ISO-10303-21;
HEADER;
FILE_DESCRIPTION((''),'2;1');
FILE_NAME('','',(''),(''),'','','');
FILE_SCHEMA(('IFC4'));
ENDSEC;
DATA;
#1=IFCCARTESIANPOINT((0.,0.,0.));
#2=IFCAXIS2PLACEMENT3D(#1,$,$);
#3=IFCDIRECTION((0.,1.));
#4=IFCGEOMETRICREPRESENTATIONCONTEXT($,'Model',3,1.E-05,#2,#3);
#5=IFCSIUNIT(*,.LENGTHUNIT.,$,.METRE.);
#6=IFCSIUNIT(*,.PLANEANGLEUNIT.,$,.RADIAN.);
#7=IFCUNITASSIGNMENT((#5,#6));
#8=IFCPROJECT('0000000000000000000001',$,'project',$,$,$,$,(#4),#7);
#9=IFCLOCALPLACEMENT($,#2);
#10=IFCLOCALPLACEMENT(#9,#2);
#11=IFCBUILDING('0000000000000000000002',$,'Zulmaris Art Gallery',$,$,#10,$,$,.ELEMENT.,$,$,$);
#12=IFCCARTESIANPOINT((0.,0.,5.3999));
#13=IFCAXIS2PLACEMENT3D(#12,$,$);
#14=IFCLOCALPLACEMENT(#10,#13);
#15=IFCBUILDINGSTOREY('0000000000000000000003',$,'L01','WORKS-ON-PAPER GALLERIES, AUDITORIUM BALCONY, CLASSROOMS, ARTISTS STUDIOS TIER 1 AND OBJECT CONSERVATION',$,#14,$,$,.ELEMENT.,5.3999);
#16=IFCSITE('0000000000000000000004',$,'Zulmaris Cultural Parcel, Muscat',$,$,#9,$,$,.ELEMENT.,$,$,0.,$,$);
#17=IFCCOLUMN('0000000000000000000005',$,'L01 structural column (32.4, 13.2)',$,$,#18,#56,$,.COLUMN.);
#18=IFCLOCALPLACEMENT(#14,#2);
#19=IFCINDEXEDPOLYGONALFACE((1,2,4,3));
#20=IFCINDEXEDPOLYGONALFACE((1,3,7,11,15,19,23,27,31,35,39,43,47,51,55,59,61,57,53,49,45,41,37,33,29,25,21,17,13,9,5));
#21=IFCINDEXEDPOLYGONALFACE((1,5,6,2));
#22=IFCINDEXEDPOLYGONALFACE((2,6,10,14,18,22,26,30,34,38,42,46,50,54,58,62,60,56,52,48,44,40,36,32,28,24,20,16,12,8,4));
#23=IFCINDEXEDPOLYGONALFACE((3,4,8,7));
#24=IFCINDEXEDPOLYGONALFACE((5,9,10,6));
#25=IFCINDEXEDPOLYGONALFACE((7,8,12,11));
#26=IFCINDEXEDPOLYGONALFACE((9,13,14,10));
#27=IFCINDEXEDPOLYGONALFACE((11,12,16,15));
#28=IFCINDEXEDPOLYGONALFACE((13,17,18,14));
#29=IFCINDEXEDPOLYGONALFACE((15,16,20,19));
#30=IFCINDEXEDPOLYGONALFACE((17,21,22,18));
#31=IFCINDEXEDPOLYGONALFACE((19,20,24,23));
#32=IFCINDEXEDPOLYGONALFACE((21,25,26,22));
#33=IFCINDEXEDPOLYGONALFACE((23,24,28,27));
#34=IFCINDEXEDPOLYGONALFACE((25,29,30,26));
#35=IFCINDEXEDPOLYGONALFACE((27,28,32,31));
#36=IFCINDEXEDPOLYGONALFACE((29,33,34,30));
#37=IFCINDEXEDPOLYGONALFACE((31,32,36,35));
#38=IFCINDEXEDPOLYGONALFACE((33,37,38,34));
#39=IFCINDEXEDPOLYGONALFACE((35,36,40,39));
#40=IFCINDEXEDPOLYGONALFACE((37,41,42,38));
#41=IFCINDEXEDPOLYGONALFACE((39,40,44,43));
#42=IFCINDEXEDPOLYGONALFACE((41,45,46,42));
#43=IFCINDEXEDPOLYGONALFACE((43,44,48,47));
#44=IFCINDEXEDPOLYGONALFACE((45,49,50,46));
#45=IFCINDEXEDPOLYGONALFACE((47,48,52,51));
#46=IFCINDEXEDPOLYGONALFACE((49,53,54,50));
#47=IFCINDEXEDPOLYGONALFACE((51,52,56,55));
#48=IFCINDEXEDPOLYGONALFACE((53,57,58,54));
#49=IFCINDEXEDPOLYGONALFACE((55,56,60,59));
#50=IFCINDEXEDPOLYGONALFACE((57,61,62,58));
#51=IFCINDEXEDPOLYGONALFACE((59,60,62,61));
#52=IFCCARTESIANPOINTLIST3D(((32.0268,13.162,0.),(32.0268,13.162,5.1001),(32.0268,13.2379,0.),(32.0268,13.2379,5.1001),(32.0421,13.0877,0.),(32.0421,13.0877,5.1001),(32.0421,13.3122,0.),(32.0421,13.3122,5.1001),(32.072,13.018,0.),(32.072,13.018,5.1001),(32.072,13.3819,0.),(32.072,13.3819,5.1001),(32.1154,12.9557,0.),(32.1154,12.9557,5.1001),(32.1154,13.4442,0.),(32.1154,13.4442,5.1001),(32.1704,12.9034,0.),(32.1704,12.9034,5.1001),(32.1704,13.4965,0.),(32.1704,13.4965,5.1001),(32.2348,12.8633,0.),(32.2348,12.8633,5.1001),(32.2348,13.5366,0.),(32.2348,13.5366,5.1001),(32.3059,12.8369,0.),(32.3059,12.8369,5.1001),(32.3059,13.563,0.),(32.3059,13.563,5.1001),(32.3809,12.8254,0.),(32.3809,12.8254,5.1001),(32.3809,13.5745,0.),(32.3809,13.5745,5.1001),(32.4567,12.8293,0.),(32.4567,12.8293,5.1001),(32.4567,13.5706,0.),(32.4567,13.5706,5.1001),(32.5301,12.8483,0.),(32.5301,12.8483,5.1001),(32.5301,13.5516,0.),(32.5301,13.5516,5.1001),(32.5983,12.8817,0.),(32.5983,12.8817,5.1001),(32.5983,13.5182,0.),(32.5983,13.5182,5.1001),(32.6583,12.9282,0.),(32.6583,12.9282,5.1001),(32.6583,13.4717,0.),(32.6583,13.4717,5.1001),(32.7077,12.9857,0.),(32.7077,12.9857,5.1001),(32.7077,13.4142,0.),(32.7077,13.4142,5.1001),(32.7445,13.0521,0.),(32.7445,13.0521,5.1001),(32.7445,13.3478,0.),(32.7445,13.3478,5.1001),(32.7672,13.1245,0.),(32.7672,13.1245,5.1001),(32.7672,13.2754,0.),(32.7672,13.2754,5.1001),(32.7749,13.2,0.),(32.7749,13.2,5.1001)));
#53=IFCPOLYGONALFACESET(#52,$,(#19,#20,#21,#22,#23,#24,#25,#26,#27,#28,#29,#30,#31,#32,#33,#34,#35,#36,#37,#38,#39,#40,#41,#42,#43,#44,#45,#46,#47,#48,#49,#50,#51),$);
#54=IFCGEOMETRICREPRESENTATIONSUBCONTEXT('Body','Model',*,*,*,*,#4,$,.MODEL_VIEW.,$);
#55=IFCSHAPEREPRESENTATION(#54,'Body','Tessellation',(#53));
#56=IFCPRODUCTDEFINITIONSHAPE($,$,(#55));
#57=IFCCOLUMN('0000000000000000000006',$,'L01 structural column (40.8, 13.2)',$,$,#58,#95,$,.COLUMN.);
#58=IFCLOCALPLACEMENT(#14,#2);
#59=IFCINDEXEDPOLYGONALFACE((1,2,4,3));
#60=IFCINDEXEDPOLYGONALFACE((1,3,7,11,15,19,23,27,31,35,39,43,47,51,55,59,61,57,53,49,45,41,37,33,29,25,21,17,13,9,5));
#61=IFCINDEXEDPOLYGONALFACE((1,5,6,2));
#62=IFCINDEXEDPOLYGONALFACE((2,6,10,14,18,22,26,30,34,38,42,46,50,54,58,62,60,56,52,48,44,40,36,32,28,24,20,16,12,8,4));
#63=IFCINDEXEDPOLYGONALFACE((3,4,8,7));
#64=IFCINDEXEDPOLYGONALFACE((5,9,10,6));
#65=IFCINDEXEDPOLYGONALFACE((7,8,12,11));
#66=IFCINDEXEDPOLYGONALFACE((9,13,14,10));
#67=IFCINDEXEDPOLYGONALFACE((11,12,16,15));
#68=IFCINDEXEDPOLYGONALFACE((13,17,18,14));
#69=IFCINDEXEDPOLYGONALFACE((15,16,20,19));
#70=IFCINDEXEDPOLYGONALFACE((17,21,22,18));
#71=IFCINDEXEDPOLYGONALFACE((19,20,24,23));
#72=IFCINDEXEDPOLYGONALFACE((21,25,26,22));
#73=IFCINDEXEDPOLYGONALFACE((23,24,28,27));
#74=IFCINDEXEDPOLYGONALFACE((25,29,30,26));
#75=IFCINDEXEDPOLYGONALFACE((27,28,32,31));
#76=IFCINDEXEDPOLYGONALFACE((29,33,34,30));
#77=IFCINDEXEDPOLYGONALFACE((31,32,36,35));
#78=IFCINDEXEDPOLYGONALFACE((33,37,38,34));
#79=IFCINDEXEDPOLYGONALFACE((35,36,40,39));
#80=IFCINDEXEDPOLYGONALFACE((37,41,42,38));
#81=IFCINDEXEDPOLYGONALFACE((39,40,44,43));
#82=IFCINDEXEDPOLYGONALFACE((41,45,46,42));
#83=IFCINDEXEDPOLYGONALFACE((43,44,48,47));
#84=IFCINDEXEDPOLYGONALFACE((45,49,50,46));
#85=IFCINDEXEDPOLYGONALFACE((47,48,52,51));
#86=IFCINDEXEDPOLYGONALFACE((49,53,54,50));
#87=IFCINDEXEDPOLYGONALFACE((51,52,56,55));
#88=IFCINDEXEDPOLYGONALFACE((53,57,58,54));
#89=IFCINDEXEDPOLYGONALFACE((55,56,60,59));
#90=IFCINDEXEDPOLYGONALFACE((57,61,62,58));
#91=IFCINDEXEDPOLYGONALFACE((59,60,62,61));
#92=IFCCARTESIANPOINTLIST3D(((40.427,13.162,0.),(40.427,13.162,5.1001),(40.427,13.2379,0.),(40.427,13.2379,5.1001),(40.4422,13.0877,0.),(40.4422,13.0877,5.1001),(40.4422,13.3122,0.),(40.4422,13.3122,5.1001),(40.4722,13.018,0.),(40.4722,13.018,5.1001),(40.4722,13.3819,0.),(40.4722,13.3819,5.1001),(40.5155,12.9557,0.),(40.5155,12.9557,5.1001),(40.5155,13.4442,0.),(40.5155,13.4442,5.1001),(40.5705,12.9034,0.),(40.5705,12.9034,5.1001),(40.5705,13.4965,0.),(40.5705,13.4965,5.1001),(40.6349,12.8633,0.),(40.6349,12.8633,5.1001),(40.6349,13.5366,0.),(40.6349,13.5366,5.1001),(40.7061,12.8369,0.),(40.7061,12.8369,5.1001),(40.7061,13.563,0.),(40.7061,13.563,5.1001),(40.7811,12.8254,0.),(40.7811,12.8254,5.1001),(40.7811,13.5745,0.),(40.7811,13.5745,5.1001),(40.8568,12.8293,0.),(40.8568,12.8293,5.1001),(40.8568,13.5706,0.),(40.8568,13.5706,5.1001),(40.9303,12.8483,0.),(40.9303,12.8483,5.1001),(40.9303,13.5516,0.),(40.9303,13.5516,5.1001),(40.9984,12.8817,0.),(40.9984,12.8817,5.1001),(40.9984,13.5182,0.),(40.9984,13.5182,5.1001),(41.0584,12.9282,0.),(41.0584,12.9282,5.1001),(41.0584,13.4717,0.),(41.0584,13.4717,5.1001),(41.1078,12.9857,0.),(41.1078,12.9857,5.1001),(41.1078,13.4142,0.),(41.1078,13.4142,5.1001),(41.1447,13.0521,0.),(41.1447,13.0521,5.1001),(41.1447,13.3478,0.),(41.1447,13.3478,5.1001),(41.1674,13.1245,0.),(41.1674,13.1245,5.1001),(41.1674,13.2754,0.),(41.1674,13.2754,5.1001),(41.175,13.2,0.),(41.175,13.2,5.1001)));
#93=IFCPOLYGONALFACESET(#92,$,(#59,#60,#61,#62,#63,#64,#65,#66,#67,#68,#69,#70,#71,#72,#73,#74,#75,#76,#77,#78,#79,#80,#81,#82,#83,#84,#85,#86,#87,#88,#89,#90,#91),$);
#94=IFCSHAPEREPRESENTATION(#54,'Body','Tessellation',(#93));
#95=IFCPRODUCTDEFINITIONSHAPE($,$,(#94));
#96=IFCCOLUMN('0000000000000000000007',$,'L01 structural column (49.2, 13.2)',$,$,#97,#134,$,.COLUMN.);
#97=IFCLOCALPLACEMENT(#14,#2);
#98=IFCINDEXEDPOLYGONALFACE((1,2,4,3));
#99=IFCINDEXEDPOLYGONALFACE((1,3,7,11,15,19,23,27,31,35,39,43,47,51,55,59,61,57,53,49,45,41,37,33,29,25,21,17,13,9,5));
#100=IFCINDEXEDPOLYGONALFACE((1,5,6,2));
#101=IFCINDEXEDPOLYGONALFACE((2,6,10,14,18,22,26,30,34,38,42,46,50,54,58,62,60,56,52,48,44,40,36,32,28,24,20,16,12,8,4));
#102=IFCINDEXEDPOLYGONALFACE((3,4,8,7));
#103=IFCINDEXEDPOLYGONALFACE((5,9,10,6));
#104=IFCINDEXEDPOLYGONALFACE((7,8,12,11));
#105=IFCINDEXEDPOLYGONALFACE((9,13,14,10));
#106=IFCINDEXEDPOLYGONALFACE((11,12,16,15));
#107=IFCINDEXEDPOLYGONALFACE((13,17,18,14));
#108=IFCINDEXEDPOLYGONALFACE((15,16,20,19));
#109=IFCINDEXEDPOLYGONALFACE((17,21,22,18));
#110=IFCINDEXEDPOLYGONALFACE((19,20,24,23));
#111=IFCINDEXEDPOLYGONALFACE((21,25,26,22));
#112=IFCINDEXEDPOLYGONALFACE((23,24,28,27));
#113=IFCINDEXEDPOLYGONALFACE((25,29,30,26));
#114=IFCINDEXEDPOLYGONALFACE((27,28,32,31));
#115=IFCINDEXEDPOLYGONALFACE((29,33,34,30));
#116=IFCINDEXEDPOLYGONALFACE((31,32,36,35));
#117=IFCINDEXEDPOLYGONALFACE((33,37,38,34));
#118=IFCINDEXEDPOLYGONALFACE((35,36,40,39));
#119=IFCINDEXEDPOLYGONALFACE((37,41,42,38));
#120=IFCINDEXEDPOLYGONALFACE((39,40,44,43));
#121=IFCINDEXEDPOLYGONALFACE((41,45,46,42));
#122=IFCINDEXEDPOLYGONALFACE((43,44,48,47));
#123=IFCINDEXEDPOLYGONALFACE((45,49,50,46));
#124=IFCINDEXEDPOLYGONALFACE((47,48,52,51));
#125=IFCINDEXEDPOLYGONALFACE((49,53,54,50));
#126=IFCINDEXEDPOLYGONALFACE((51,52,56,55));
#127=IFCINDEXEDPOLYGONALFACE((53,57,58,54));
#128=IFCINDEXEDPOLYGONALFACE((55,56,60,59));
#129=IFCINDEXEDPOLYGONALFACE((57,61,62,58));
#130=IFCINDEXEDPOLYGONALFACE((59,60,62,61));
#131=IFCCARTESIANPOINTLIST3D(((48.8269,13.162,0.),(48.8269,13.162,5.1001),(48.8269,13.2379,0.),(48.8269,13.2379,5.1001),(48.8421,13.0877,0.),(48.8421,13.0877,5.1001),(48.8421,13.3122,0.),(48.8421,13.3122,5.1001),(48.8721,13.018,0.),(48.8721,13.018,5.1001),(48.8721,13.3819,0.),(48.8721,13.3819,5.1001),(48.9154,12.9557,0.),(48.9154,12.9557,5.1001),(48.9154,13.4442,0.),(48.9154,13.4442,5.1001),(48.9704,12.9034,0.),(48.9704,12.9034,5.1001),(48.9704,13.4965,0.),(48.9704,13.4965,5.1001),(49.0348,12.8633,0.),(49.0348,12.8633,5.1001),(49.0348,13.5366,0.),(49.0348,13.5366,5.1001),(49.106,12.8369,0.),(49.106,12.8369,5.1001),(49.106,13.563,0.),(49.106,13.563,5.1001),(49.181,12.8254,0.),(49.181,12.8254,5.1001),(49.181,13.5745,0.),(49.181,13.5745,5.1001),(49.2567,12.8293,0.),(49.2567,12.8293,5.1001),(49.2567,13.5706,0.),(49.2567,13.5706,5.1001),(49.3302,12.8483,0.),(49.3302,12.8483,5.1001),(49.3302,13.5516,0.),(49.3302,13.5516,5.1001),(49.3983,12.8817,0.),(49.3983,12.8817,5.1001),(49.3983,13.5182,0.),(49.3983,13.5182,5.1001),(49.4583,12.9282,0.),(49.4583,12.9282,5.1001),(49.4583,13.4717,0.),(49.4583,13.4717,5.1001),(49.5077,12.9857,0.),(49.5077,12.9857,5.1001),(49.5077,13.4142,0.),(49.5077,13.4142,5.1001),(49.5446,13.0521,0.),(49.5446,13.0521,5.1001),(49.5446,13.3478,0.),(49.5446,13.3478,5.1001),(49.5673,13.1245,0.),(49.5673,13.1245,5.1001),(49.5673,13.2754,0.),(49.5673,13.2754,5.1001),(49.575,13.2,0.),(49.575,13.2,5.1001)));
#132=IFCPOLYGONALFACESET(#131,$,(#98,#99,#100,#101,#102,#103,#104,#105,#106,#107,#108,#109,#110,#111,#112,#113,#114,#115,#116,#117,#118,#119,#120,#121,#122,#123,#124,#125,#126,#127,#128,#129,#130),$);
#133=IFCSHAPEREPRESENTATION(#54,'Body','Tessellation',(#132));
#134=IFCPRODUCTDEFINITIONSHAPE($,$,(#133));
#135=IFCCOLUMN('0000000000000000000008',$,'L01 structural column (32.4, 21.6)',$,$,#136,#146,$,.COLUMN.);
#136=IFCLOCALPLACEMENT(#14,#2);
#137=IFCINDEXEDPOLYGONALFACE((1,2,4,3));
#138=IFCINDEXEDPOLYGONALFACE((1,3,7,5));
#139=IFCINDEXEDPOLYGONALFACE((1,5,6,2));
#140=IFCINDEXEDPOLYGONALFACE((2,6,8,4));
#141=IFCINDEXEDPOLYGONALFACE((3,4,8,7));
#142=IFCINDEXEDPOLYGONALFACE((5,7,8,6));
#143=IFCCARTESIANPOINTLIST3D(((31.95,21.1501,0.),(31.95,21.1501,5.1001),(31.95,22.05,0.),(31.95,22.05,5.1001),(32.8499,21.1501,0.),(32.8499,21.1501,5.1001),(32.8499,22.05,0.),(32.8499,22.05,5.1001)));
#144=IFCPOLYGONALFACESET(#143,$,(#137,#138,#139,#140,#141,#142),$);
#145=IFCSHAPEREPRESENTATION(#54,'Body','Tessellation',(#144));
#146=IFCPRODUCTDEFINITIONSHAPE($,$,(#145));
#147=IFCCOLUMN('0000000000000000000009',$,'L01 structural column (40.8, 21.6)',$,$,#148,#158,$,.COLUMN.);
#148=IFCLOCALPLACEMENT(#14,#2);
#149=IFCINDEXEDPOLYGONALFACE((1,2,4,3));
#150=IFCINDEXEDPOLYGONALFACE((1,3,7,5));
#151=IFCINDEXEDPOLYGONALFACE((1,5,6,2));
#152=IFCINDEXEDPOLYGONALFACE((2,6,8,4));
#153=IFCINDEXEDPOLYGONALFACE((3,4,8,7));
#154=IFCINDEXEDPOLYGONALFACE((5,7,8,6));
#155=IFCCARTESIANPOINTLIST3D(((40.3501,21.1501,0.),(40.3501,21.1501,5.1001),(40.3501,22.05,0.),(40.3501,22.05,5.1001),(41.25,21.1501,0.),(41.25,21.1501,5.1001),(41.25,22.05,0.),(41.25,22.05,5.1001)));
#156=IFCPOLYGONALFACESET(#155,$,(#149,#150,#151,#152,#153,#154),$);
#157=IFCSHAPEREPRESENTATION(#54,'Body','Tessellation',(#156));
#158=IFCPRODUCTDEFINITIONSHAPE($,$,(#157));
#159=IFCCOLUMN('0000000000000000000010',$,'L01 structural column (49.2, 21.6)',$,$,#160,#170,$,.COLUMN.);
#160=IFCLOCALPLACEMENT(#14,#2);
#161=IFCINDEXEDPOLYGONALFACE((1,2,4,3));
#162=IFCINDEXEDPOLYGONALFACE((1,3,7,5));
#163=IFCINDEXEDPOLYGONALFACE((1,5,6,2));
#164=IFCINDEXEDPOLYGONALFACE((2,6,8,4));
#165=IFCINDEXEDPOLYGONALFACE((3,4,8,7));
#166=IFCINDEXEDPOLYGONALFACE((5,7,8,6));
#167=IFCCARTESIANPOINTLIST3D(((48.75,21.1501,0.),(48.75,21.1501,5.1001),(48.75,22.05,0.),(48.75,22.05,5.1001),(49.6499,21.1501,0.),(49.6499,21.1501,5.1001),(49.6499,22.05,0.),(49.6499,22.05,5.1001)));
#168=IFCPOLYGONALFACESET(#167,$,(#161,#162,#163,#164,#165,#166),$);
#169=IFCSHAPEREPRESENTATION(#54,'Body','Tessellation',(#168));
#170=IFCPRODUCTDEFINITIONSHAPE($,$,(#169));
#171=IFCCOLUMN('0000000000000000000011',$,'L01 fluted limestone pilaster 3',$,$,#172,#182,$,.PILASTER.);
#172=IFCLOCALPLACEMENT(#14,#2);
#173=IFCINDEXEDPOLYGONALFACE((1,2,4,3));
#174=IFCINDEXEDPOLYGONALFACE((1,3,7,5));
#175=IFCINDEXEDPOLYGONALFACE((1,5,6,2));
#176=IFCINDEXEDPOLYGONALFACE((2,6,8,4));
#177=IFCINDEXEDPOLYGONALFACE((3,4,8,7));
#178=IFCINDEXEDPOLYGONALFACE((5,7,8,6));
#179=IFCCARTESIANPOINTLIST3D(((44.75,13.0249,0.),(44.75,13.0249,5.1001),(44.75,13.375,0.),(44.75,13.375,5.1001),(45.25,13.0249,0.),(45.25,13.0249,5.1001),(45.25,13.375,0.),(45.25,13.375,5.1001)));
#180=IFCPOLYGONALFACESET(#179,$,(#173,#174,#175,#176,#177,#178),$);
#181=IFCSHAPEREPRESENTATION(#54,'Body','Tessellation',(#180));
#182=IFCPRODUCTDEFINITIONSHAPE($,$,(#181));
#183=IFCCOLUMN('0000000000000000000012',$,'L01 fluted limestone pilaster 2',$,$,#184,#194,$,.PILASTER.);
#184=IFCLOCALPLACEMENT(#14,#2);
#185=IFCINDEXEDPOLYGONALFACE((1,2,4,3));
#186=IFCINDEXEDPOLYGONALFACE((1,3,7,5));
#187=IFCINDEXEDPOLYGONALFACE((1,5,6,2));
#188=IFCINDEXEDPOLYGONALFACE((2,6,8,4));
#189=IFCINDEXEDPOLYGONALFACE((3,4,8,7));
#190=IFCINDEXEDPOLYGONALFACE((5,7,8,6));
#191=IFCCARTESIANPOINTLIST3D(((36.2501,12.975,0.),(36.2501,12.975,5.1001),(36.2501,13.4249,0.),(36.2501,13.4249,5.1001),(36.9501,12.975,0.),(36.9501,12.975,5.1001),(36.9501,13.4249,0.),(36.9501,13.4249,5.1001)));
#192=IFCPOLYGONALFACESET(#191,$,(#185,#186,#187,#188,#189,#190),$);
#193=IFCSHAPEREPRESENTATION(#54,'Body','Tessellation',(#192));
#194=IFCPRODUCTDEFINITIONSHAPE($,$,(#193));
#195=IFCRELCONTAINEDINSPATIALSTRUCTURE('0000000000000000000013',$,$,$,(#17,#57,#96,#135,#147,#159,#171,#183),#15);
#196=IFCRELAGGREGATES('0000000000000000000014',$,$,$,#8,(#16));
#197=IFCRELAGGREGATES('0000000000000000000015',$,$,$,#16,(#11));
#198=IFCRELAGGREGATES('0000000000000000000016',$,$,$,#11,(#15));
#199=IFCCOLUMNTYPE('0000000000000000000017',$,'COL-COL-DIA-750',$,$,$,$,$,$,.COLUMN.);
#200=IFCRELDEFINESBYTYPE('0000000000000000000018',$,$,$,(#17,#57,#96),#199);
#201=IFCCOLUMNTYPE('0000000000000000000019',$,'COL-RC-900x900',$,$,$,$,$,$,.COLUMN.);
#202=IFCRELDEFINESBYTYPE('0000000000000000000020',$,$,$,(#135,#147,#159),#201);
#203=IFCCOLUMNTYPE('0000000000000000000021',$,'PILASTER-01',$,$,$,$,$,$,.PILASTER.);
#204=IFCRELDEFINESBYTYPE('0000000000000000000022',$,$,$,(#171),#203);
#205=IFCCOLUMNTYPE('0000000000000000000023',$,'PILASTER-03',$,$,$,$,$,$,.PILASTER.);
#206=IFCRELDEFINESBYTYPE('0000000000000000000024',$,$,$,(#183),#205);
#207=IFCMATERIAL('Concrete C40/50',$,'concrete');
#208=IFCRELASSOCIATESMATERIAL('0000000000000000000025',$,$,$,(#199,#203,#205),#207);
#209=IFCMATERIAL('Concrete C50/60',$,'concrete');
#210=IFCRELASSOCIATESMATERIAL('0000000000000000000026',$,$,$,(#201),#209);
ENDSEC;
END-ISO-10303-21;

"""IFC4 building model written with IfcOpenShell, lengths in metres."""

from ifc_helpers import new_model, si_unit, direction, frame, origin, origin_2d, place, context, subcontext, project, spatial, rectangle, circle, extrude, material, material_profile, profile_set, type_object, element, save


model = new_model("IFC4")

# Units and contexts
model_context = context("Model", 3, precision=1e-05, world=origin(), true_north=direction((0.0, 1.0)))
body_context = subcontext(model_context, "Body", "Model", "MODEL_VIEW")
ifc_project = project(units=[si_unit("LENGTHUNIT", "METRE"), si_unit("PLANEANGLEUNIT", "RADIAN")], contexts=[model_context])

# Site, building, storey
site_placement = place(None, origin())
site = spatial("IfcSite", under=ifc_project, at=site_placement, Name="Zulmaris Cultural Parcel, Muscat", CompositionType="ELEMENT", RefElevation=0.0)
building_placement = place(site_placement, origin())
building = spatial("IfcBuilding", under=site, at=building_placement, Name="Zulmaris Art Gallery", CompositionType="ELEMENT")
storey_placement = place(building_placement, frame((0.0, 0.0, 5.3999)))
storey = spatial("IfcBuildingStorey", under=building, at=storey_placement, Name="L01", Description="WORKS-ON-PAPER GALLERIES, AUDITORIUM BALCONY, CLASSROOMS, ARTISTS STUDIOS TIER 1 AND OBJECT CONSERVATION", CompositionType="ELEMENT", Elevation=5.3999)

# Columns
ifc_material_1 = material(Name="Concrete C40/50", Category="concrete")
ifc_material_profile_1 = material_profile(ifc_material_1, circle(Radius=0.375, at=origin_2d()), Name="COL DIA 750")
ifc_profile_set_1 = profile_set([ifc_material_profile_1], Name="Concrete C40/50")
column_type_1 = type_object("IfcColumnType", Name="COL-COL-DIA-750", PredefinedType="COLUMN", material=ifc_profile_set_1)
for number, where, z_axis, x_axis, name in (
    (1, (32.3999, 13.2, 0.0), (0.0, 0.0, 1.0), (1.0, 0.0, 0.0), "L01 structural column (32.4, 13.2)"),
    (2, (40.8, 13.2, 0.0), (0.0, 0.0, 1.0), (1.0, 0.0, 0.0), "L01 structural column (40.8, 13.2)"),
    (3, (49.2, 13.2, 0.0), (0.0, 0.0, 1.0), (1.0, 0.0, 0.0), "L01 structural column (49.2, 13.2)"),
):
    element("IfcColumn", number, at=place(storey_placement, frame(where, z_axis=z_axis, x_axis=x_axis)), inside=storey, type_object=column_type_1, Name=name, PredefinedType="COLUMN", context=body_context, shape_type="SweptSolid", body=[
        extrude(circle(Radius=0.375, at=origin_2d()), origin(), (0.0, 0.0, 1.0), 5.1001),
    ])
ifc_material_2 = material(Name="Concrete C50/60", Category="concrete")
ifc_material_profile_2 = material_profile(ifc_material_2, rectangle(XDim=0.8999, YDim=0.8999, at=origin_2d()), Name="RC 900x900")
ifc_profile_set_2 = profile_set([ifc_material_profile_2], Name="Concrete C50/60")
column_type_2 = type_object("IfcColumnType", Name="COL-RC-900x900", PredefinedType="COLUMN", material=ifc_profile_set_2)
for number, where, z_axis, x_axis, name in (
    (4, (32.3999, 21.6001, 0.0), (0.0, 0.0, 1.0), (1.0, 0.0, 0.0), "L01 structural column (32.4, 21.6)"),
    (5, (40.8, 21.6001, 0.0), (0.0, 0.0, 1.0), (1.0, 0.0, 0.0), "L01 structural column (40.8, 21.6)"),
    (6, (49.2, 21.6001, 0.0), (0.0, 0.0, 1.0), (1.0, 0.0, 0.0), "L01 structural column (49.2, 21.6)"),
):
    element("IfcColumn", number, at=place(storey_placement, frame(where, z_axis=z_axis, x_axis=x_axis)), inside=storey, type_object=column_type_2, Name=name, PredefinedType="COLUMN", context=body_context, shape_type="SweptSolid", body=[
        extrude(rectangle(XDim=0.8999, YDim=0.8999, at=origin_2d()), origin(), (0.0, 0.0, 1.0), 5.1001),
    ])
ifc_material_profile_3 = material_profile(ifc_material_1, rectangle(XDim=0.5, YDim=0.3501, at=origin_2d()), Name="PIL 500x350")
ifc_profile_set_3 = profile_set([ifc_material_profile_3], Name="Concrete C40/50")
column_type_3 = type_object("IfcColumnType", Name="PILASTER-01", PredefinedType="PILASTER", material=ifc_profile_set_3)
column_1_placement = place(storey_placement, frame((45.0, 13.2, 0.0), z_axis=(0.0, 0.0, 1.0), x_axis=(1.0, 0.0, 0.0)))
element("IfcColumn", 7, at=column_1_placement, inside=storey, type_object=column_type_3, Name="L01 fluted limestone pilaster 3", PredefinedType="PILASTER", context=body_context, shape_type="SweptSolid", body=[
    extrude(rectangle(XDim=0.5, YDim=0.3501, at=origin_2d()), origin(), (0.0, 0.0, 1.0), 5.1001),
])
ifc_material_profile_4 = material_profile(ifc_material_1, rectangle(XDim=0.7, YDim=0.45, at=origin_2d()), Name="PIL 700x450")
ifc_profile_set_4 = profile_set([ifc_material_profile_4], Name="Concrete C40/50")
column_type_4 = type_object("IfcColumnType", Name="PILASTER-03", PredefinedType="PILASTER", material=ifc_profile_set_4)
column_2_placement = place(storey_placement, frame((36.6001, 13.2, 0.0), z_axis=(0.0, 0.0, 1.0), x_axis=(1.0, 0.0, 0.0)))
element("IfcColumn", 8, at=column_2_placement, inside=storey, type_object=column_type_4, Name="L01 fluted limestone pilaster 2", PredefinedType="PILASTER", context=body_context, shape_type="SweptSolid", body=[
    extrude(rectangle(XDim=0.7, YDim=0.45, at=origin_2d()), origin(), (0.0, 0.0, 1.0), 5.1001),
])

save(model, "model.ifc")
